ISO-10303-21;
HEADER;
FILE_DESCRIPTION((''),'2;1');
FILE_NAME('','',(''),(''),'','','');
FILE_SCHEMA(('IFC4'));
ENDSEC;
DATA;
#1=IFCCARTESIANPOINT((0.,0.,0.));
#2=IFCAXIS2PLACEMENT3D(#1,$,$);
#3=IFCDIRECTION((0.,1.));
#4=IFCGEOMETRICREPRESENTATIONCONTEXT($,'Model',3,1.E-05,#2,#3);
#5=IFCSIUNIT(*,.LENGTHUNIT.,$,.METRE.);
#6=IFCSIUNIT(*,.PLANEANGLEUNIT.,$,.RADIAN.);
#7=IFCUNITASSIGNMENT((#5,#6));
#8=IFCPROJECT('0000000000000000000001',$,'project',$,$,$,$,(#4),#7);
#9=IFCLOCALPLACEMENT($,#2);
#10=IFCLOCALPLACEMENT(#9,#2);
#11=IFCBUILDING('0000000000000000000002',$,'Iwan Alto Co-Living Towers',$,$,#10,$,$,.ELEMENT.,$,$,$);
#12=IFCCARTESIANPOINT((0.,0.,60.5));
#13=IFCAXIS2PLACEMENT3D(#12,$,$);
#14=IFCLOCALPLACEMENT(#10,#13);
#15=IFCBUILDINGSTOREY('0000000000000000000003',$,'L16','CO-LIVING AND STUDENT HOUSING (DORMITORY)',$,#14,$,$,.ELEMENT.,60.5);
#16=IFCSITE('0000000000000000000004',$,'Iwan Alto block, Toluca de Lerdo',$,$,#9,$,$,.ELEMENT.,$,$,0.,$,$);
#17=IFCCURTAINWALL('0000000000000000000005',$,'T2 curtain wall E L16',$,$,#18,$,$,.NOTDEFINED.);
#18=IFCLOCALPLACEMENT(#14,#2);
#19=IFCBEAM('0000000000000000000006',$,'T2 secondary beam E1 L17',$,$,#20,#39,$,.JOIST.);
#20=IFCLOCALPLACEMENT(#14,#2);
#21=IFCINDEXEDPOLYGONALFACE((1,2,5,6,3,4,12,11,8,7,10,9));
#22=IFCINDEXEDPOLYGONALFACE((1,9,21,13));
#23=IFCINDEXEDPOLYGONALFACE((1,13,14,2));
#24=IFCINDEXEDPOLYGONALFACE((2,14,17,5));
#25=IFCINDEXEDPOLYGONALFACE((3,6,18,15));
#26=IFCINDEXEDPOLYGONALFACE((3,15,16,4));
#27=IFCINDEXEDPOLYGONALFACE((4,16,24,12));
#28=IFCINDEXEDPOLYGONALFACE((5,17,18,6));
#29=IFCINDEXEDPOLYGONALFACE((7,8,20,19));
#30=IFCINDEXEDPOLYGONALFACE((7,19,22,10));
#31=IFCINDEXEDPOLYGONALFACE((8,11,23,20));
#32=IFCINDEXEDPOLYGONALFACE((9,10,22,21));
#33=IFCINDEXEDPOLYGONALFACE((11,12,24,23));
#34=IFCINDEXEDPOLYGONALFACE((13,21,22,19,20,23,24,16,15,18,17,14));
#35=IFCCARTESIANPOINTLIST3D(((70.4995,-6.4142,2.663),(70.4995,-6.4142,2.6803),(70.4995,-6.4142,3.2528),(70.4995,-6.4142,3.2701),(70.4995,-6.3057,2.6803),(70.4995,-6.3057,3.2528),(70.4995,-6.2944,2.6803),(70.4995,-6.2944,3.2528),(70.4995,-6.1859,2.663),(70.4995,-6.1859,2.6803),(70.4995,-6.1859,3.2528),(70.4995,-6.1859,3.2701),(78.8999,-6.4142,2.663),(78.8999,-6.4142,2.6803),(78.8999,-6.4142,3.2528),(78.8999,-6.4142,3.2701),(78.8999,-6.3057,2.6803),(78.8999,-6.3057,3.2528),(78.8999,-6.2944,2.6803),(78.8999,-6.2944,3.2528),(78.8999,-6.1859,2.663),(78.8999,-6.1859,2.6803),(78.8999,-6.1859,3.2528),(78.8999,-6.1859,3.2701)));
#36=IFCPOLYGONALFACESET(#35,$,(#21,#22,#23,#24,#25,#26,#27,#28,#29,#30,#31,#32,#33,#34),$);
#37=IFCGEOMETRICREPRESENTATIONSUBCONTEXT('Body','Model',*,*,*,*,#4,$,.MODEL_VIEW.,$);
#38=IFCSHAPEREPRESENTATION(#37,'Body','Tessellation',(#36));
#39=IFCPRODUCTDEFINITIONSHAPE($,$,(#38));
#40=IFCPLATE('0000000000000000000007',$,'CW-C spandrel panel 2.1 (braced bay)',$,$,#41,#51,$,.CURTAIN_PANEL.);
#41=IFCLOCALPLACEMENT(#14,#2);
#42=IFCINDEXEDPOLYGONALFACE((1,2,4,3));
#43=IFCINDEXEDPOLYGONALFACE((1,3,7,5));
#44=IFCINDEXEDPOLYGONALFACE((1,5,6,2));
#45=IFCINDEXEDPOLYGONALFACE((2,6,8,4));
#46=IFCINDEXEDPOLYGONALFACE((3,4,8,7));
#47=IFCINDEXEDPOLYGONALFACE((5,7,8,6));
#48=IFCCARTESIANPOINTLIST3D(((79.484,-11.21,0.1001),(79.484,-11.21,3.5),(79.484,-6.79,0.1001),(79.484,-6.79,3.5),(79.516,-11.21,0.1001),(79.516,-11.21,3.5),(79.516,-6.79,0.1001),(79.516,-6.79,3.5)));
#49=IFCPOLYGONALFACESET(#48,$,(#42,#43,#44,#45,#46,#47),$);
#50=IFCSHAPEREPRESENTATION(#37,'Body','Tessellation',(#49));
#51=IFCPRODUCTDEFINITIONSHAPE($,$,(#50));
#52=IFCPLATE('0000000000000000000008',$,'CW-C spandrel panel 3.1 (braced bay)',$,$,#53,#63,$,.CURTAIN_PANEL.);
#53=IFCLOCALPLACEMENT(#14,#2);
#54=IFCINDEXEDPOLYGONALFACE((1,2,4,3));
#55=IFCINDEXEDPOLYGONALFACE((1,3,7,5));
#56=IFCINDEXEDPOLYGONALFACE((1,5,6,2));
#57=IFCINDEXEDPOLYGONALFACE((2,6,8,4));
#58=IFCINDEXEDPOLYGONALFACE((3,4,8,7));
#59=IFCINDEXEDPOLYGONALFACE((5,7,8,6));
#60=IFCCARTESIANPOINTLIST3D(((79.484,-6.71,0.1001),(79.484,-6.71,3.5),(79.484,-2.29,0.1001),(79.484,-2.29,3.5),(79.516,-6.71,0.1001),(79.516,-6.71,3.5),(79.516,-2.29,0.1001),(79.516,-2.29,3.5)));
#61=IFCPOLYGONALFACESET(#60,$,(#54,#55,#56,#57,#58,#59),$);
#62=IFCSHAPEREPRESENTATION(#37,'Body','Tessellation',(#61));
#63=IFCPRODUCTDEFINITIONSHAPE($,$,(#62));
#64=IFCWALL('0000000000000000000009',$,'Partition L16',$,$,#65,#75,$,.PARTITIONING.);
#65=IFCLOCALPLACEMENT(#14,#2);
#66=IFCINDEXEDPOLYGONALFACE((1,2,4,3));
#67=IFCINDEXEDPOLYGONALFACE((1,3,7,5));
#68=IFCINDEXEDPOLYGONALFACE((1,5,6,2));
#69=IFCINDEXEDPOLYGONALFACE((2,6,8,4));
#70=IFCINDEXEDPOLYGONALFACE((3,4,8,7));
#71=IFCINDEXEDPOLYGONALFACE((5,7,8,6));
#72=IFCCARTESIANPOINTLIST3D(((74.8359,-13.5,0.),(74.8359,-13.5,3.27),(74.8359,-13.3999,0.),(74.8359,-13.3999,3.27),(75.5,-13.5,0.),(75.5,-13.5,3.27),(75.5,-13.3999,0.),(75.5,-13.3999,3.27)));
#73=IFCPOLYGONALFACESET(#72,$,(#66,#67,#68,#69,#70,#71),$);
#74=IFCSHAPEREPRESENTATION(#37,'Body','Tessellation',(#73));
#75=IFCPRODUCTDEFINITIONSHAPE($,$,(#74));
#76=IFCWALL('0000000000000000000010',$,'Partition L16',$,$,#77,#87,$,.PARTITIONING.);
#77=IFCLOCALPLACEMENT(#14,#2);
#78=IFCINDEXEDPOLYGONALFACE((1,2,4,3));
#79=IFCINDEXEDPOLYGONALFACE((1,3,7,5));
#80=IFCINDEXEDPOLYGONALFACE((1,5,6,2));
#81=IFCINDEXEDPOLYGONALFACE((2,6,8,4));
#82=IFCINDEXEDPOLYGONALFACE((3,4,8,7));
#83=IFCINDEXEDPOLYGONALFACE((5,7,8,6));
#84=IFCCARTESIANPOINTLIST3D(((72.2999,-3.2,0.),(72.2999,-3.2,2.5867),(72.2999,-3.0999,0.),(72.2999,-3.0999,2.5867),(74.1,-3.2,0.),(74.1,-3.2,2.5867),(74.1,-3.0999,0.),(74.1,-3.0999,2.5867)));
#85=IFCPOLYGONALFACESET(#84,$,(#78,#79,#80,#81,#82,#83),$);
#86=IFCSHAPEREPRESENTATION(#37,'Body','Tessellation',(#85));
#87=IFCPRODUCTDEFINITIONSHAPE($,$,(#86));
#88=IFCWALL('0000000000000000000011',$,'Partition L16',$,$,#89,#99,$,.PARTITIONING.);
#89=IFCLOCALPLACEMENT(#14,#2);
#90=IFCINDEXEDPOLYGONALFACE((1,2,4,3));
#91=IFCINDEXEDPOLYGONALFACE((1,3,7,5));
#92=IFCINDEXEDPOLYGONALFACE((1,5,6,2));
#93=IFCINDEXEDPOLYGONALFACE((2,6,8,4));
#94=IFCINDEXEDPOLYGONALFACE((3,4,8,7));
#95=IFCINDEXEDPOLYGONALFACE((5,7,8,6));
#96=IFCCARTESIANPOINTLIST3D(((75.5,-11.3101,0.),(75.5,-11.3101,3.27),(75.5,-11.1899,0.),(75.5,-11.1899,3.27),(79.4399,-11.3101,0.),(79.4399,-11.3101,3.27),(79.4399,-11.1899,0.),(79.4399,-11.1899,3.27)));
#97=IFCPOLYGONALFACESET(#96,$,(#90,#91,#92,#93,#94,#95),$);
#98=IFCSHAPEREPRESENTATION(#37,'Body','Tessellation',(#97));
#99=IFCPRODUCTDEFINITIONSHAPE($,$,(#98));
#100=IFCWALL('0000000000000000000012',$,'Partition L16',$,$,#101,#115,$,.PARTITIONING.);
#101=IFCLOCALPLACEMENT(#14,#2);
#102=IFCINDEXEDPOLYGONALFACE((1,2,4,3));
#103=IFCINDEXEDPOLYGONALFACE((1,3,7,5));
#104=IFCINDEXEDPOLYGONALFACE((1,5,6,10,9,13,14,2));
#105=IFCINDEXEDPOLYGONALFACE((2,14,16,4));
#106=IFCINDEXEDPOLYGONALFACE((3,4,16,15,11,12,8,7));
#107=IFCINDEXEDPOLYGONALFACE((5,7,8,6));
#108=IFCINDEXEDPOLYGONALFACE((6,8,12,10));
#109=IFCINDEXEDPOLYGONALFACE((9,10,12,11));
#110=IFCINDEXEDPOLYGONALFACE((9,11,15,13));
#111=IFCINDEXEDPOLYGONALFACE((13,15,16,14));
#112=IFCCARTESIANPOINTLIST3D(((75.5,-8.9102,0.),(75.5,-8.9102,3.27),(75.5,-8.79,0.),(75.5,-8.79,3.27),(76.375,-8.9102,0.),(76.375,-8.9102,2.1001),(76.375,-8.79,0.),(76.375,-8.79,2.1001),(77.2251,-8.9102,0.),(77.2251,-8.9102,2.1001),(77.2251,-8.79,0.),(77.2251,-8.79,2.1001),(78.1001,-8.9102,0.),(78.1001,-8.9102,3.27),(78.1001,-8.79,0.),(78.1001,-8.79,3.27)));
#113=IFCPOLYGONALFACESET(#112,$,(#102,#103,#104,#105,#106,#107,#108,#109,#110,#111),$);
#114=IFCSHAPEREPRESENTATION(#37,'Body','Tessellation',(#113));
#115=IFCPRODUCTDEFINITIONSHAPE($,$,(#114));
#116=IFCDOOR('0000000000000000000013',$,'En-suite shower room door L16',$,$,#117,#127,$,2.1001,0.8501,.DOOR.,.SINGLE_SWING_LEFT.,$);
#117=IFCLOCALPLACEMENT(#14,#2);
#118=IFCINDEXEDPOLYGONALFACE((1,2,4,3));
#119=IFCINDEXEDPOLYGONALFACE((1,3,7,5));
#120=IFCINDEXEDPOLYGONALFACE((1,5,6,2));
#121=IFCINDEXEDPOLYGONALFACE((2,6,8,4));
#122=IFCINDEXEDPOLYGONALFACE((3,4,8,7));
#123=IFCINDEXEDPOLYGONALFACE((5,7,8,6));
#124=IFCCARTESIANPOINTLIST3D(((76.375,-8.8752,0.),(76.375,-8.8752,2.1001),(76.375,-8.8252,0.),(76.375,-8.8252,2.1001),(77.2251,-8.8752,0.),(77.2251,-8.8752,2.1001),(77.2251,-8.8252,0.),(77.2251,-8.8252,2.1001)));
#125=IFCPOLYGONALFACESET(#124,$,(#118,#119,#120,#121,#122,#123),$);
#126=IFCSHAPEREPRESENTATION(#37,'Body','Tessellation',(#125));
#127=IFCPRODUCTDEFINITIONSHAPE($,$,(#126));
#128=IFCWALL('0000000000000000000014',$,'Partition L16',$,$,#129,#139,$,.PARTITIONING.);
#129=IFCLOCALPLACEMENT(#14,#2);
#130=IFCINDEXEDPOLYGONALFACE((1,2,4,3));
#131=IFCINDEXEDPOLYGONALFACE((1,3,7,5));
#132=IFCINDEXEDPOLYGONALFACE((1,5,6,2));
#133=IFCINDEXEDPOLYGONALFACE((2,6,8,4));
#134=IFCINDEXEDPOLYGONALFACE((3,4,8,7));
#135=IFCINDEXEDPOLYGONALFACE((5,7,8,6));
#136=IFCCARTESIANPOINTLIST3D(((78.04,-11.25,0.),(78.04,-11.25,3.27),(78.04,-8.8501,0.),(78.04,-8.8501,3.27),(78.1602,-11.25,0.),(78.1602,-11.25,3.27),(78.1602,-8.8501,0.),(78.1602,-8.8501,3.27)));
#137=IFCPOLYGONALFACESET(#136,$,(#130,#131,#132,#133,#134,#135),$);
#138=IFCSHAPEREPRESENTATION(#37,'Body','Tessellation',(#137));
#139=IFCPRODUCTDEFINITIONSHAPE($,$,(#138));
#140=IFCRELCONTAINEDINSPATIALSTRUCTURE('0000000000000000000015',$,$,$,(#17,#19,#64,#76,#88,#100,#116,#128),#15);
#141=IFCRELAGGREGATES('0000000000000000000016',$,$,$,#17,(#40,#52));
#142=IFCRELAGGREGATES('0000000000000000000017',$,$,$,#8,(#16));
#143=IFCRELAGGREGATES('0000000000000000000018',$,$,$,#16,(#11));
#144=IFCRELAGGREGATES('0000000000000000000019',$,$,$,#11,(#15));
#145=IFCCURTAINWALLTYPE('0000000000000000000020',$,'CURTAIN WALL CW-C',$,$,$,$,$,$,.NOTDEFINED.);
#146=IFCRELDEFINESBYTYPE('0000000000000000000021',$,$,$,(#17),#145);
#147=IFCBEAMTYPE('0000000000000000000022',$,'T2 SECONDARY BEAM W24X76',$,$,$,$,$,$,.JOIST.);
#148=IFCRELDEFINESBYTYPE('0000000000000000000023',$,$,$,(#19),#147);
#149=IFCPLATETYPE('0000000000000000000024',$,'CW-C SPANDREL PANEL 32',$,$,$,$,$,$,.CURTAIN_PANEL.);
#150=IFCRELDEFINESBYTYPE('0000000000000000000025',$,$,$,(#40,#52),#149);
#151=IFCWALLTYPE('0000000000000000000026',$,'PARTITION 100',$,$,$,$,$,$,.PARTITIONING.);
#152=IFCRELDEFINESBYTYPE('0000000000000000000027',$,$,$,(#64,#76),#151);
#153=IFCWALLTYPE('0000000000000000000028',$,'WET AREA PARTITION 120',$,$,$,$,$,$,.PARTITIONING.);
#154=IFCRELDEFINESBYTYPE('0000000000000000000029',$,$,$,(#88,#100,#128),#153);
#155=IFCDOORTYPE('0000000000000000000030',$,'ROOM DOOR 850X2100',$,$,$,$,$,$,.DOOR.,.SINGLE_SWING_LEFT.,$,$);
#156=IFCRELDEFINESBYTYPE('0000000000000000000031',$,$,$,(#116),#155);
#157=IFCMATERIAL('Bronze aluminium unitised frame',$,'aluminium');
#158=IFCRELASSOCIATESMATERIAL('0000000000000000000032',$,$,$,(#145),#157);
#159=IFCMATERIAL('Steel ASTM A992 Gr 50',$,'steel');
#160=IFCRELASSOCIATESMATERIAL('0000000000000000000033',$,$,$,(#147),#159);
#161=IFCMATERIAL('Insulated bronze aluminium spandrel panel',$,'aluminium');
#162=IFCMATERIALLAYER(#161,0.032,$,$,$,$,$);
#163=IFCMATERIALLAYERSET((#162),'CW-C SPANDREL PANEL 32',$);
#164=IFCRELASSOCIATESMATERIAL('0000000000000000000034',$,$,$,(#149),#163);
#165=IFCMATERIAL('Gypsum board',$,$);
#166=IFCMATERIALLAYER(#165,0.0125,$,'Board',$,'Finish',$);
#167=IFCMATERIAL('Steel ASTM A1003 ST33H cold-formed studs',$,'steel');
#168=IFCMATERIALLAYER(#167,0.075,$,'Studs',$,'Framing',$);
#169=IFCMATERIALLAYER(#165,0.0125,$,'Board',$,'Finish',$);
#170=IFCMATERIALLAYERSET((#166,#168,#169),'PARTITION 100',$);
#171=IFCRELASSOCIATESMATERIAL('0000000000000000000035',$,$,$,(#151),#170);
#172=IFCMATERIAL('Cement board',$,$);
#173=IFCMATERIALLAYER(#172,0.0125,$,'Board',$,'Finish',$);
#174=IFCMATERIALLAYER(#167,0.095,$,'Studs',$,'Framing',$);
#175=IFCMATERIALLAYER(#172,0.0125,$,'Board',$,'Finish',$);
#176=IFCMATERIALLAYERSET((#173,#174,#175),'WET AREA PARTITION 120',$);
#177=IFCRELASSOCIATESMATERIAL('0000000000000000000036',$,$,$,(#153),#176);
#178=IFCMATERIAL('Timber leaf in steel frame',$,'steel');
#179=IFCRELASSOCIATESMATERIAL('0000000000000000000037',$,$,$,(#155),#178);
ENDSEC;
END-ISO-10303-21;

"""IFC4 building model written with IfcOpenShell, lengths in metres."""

from ifc_helpers import new_model, si_unit, direction, frame, frame_2d, origin, origin_2d, place, context, subcontext, project, spatial, rectangle, i_section, extrude, material, layer, layer_set, material_profile, profile_set, type_object, element, fill, aggregate, save


model = new_model("IFC4")

# Units and contexts
model_context = context("Model", 3, precision=1e-05, world=origin(), true_north=direction((0.0, 1.0)))
body_context = subcontext(model_context, "Body", "Model", "MODEL_VIEW")
ifc_project = project(units=[si_unit("LENGTHUNIT", "METRE"), si_unit("PLANEANGLEUNIT", "RADIAN")], contexts=[model_context])

# Site, building, storey
site_placement = place(None, origin())
site = spatial("IfcSite", under=ifc_project, at=site_placement, Name="Iwan Alto block, Toluca de Lerdo", CompositionType="ELEMENT", RefElevation=0.0)
building_placement = place(site_placement, origin())
building = spatial("IfcBuilding", under=site, at=building_placement, Name="Iwan Alto Co-Living Towers", CompositionType="ELEMENT")
storey_placement = place(building_placement, frame((0.0, 0.0, 60.5)))
storey = spatial("IfcBuildingStorey", under=building, at=storey_placement, Name="L16", Description="CO-LIVING AND STUDENT HOUSING (DORMITORY)", CompositionType="ELEMENT", Elevation=60.5)

# Curtain wall
ifc_material_1 = material(Name="Bronze aluminium unitised frame", Category="aluminium")
curtain_wall_type = type_object("IfcCurtainWallType", Name="CURTAIN WALL CW-C", PredefinedType="NOTDEFINED", material=ifc_material_1)
curtain_wall_placement = place(storey_placement, origin())
curtain_wall = element("IfcCurtainWall", 1, at=curtain_wall_placement, inside=storey, type_object=curtain_wall_type, Name="T2 curtain wall E L16", PredefinedType="NOTDEFINED")

# Beam
ifc_material_2 = material(Name="Steel ASTM A992 Gr 50", Category="steel")
ifc_material_profile_1 = material_profile(ifc_material_2, i_section(OverallWidth=0.2283, OverallDepth=0.6072, WebThickness=0.0112, FlangeThickness=0.0173, at=origin_2d()), Name="W24X76")
ifc_profile_set_1 = profile_set([ifc_material_profile_1], Name="Steel ASTM A992 Gr 50")
beam_type_1 = type_object("IfcBeamType", Name="T2 SECONDARY BEAM W24X76", PredefinedType="JOIST", material=ifc_profile_set_1)
beam_1_placement = place(storey_placement, frame((78.8999, -6.3, 2.9666), z_axis=(-1.0, 0.0, 0.0), x_axis=(0.0, -1.0, 0.0)))
element("IfcBeam", 2, at=beam_1_placement, inside=storey, type_object=beam_type_1, Name="T2 secondary beam E1 L17", PredefinedType="JOIST", context=body_context, shape_type="SweptSolid", body=[
    extrude(i_section(OverallWidth=0.2283, OverallDepth=0.6072, WebThickness=0.0112, FlangeThickness=0.0173, at=origin_2d()), origin(), (0.0, 0.0, 1.0), 8.4004),
])

# Plates
ifc_material_3 = material(Name="Insulated bronze aluminium spandrel panel", Category="aluminium")
ifc_layer_1 = layer(ifc_material_3, 0.032)
ifc_layer_set_1 = layer_set([ifc_layer_1], Name="CW-C SPANDREL PANEL 32")
plate_type = type_object("IfcPlateType", Name="CW-C SPANDREL PANEL 32", PredefinedType="CURTAIN_PANEL", material=ifc_layer_set_1)
plate_1_placement = place(storey_placement, frame((79.5, -9.0, 0.1001), z_axis=(0.0, 0.0, 1.0), x_axis=(0.0, 1.0, 0.0)))
plate_1 = element("IfcPlate", 3, at=plate_1_placement, type_object=plate_type, Name="CW-C spandrel panel 2.1 (braced bay)", PredefinedType="CURTAIN_PANEL", context=body_context, shape_type="SweptSolid", body=[
    extrude(rectangle(XDim=4.4199, YDim=0.032, at=origin_2d()), origin(), (0.0, 0.0, 1.0), 3.3999),
])
plate_2_placement = place(storey_placement, frame((79.5, -4.5, 0.1001), z_axis=(0.0, 0.0, 1.0), x_axis=(0.0, 1.0, 0.0)))
plate_2 = element("IfcPlate", 4, at=plate_2_placement, type_object=plate_type, Name="CW-C spandrel panel 3.1 (braced bay)", PredefinedType="CURTAIN_PANEL", context=body_context, shape_type="SweptSolid", body=[
    extrude(rectangle(XDim=4.4199, YDim=0.032, at=origin_2d()), origin(), (0.0, 0.0, 1.0), 3.3999),
])
aggregate(curtain_wall, [plate_1, plate_2])

# Walls
ifc_material_4 = material(Name="Gypsum board")
ifc_layer_2 = layer(ifc_material_4, 0.0125, Name="Board", Category="Finish")
ifc_material_5 = material(Name="Steel ASTM A1003 ST33H cold-formed studs", Category="steel")
ifc_layer_3 = layer(ifc_material_5, 0.075, Name="Studs", Category="Framing")
ifc_layer_4 = layer(ifc_material_4, 0.0125, Name="Board", Category="Finish")
ifc_layer_set_2 = layer_set([ifc_layer_2, ifc_layer_3, ifc_layer_4], Name="PARTITION 100")
wall_type_1 = type_object("IfcWallType", Name="PARTITION 100", PredefinedType="PARTITIONING", material=ifc_layer_set_2)
wall_1_placement = place(storey_placement, frame((74.8359, -13.45, 0.0), z_axis=(0.0, 0.0, 1.0), x_axis=(1.0, 0.0, 0.0)))
element("IfcWall", 5, at=wall_1_placement, inside=storey, type_object=wall_type_1, Name="Partition L16", PredefinedType="PARTITIONING", context=body_context, shape_type="SweptSolid", body=[
    extrude(rectangle(XDim=0.6641, YDim=0.1001, at=frame_2d((0.332, 0.0))), origin(), (0.0, 0.0, 1.0), 3.27),
])
wall_2_placement = place(storey_placement, frame((72.3, -3.1499, 0.0), z_axis=(0.0, 0.0, 1.0), x_axis=(1.0, 0.0, 0.0)))
element("IfcWall", 6, at=wall_2_placement, inside=storey, type_object=wall_type_1, Name="Partition L16", PredefinedType="PARTITIONING", context=body_context, shape_type="SweptSolid", body=[
    extrude(rectangle(XDim=1.8, YDim=0.1001, at=frame_2d((0.8999, 0.0))), origin(), (0.0, 0.0, 1.0), 2.5867),
])
ifc_material_6 = material(Name="Cement board")
ifc_layer_5 = layer(ifc_material_6, 0.0125, Name="Board", Category="Finish")
ifc_layer_6 = layer(ifc_material_5, 0.095, Name="Studs", Category="Framing")
ifc_layer_7 = layer(ifc_material_6, 0.0125, Name="Board", Category="Finish")
ifc_layer_set_3 = layer_set([ifc_layer_5, ifc_layer_6, ifc_layer_7], Name="WET AREA PARTITION 120")
wall_type_2 = type_object("IfcWallType", Name="WET AREA PARTITION 120", PredefinedType="PARTITIONING", material=ifc_layer_set_3)
wall_3_placement = place(storey_placement, frame((75.5, -11.25, 0.0), z_axis=(0.0, 0.0, 1.0), x_axis=(1.0, 0.0, 0.0)))
element("IfcWall", 7, at=wall_3_placement, inside=storey, type_object=wall_type_2, Name="Partition L16", PredefinedType="PARTITIONING", context=body_context, shape_type="SweptSolid", body=[
    extrude(rectangle(XDim=3.9399, YDim=0.1201, at=frame_2d((1.97, 0.0))), origin(), (0.0, 0.0, 1.0), 3.27),
])

# Wall, opening, door
wall_4_placement = place(storey_placement, frame((75.5, -8.8501, 0.0), z_axis=(0.0, 0.0, 1.0), x_axis=(1.0, 0.0, 0.0)))
wall_4 = element("IfcWall", 8, at=wall_4_placement, inside=storey, type_object=wall_type_2, Name="Partition L16", PredefinedType="PARTITIONING", context=body_context, shape_type="SweptSolid", body=[
    extrude(rectangle(XDim=2.6001, YDim=0.1201, at=frame_2d((1.3, 0.0))), origin(), (0.0, 0.0, 1.0), 3.27),
])
opening_1_placement = place(wall_4_placement, frame((0.875, 0.0, 0.0)))
opening_1 = element("IfcOpeningElement", 9, at=opening_1_placement, cuts=wall_4, PredefinedType="OPENING", context=body_context, shape_type="SweptSolid", body=[
    extrude(rectangle(XDim=0.8501, YDim=2.1001, at=frame_2d((0.425, 1.05))), frame((0.0, 0.0701, 0.0), z_axis=(0.0, -1.0, 0.0), x_axis=(1.0, 0.0, 0.0)), (0.0, 0.0, 1.0), 0.1401),
])
ifc_material_7 = material(Name="Timber leaf in steel frame", Category="steel")
door_type = type_object("IfcDoorType", Name="ROOM DOOR 850X2100", OperationType="SINGLE_SWING_LEFT", PredefinedType="DOOR", material=ifc_material_7)
door_1_placement = place(opening_1_placement, origin())
door_1 = element("IfcDoor", 10, at=door_1_placement, inside=storey, type_object=door_type, Name="En-suite shower room door L16", OperationType="SINGLE_SWING_LEFT", OverallHeight=2.1001, OverallWidth=0.8501, PredefinedType="DOOR", context=body_context, shape_type="SweptSolid", body=[
    extrude(rectangle(XDim=0.8501, YDim=2.1001, at=frame_2d((0.425, 1.05))), frame((0.0, 0.0249, 0.0), z_axis=(0.0, -1.0, 0.0), x_axis=(1.0, 0.0, 0.0)), (0.0, 0.0, 1.0), 0.05),
])
fill(opening_1, door_1)

# Wall
wall_5_placement = place(storey_placement, frame((78.1001, -11.25, 0.0), z_axis=(0.0, 0.0, 1.0), x_axis=(0.0, 1.0, 0.0)))
element("IfcWall", 11, at=wall_5_placement, inside=storey, type_object=wall_type_2, Name="Partition L16", PredefinedType="PARTITIONING", context=body_context, shape_type="SweptSolid", body=[
    extrude(rectangle(XDim=2.3999, YDim=0.1201, at=frame_2d((1.2, 0.0))), origin(), (0.0, 0.0, 1.0), 3.27),
])

save(model, "model.ifc")
